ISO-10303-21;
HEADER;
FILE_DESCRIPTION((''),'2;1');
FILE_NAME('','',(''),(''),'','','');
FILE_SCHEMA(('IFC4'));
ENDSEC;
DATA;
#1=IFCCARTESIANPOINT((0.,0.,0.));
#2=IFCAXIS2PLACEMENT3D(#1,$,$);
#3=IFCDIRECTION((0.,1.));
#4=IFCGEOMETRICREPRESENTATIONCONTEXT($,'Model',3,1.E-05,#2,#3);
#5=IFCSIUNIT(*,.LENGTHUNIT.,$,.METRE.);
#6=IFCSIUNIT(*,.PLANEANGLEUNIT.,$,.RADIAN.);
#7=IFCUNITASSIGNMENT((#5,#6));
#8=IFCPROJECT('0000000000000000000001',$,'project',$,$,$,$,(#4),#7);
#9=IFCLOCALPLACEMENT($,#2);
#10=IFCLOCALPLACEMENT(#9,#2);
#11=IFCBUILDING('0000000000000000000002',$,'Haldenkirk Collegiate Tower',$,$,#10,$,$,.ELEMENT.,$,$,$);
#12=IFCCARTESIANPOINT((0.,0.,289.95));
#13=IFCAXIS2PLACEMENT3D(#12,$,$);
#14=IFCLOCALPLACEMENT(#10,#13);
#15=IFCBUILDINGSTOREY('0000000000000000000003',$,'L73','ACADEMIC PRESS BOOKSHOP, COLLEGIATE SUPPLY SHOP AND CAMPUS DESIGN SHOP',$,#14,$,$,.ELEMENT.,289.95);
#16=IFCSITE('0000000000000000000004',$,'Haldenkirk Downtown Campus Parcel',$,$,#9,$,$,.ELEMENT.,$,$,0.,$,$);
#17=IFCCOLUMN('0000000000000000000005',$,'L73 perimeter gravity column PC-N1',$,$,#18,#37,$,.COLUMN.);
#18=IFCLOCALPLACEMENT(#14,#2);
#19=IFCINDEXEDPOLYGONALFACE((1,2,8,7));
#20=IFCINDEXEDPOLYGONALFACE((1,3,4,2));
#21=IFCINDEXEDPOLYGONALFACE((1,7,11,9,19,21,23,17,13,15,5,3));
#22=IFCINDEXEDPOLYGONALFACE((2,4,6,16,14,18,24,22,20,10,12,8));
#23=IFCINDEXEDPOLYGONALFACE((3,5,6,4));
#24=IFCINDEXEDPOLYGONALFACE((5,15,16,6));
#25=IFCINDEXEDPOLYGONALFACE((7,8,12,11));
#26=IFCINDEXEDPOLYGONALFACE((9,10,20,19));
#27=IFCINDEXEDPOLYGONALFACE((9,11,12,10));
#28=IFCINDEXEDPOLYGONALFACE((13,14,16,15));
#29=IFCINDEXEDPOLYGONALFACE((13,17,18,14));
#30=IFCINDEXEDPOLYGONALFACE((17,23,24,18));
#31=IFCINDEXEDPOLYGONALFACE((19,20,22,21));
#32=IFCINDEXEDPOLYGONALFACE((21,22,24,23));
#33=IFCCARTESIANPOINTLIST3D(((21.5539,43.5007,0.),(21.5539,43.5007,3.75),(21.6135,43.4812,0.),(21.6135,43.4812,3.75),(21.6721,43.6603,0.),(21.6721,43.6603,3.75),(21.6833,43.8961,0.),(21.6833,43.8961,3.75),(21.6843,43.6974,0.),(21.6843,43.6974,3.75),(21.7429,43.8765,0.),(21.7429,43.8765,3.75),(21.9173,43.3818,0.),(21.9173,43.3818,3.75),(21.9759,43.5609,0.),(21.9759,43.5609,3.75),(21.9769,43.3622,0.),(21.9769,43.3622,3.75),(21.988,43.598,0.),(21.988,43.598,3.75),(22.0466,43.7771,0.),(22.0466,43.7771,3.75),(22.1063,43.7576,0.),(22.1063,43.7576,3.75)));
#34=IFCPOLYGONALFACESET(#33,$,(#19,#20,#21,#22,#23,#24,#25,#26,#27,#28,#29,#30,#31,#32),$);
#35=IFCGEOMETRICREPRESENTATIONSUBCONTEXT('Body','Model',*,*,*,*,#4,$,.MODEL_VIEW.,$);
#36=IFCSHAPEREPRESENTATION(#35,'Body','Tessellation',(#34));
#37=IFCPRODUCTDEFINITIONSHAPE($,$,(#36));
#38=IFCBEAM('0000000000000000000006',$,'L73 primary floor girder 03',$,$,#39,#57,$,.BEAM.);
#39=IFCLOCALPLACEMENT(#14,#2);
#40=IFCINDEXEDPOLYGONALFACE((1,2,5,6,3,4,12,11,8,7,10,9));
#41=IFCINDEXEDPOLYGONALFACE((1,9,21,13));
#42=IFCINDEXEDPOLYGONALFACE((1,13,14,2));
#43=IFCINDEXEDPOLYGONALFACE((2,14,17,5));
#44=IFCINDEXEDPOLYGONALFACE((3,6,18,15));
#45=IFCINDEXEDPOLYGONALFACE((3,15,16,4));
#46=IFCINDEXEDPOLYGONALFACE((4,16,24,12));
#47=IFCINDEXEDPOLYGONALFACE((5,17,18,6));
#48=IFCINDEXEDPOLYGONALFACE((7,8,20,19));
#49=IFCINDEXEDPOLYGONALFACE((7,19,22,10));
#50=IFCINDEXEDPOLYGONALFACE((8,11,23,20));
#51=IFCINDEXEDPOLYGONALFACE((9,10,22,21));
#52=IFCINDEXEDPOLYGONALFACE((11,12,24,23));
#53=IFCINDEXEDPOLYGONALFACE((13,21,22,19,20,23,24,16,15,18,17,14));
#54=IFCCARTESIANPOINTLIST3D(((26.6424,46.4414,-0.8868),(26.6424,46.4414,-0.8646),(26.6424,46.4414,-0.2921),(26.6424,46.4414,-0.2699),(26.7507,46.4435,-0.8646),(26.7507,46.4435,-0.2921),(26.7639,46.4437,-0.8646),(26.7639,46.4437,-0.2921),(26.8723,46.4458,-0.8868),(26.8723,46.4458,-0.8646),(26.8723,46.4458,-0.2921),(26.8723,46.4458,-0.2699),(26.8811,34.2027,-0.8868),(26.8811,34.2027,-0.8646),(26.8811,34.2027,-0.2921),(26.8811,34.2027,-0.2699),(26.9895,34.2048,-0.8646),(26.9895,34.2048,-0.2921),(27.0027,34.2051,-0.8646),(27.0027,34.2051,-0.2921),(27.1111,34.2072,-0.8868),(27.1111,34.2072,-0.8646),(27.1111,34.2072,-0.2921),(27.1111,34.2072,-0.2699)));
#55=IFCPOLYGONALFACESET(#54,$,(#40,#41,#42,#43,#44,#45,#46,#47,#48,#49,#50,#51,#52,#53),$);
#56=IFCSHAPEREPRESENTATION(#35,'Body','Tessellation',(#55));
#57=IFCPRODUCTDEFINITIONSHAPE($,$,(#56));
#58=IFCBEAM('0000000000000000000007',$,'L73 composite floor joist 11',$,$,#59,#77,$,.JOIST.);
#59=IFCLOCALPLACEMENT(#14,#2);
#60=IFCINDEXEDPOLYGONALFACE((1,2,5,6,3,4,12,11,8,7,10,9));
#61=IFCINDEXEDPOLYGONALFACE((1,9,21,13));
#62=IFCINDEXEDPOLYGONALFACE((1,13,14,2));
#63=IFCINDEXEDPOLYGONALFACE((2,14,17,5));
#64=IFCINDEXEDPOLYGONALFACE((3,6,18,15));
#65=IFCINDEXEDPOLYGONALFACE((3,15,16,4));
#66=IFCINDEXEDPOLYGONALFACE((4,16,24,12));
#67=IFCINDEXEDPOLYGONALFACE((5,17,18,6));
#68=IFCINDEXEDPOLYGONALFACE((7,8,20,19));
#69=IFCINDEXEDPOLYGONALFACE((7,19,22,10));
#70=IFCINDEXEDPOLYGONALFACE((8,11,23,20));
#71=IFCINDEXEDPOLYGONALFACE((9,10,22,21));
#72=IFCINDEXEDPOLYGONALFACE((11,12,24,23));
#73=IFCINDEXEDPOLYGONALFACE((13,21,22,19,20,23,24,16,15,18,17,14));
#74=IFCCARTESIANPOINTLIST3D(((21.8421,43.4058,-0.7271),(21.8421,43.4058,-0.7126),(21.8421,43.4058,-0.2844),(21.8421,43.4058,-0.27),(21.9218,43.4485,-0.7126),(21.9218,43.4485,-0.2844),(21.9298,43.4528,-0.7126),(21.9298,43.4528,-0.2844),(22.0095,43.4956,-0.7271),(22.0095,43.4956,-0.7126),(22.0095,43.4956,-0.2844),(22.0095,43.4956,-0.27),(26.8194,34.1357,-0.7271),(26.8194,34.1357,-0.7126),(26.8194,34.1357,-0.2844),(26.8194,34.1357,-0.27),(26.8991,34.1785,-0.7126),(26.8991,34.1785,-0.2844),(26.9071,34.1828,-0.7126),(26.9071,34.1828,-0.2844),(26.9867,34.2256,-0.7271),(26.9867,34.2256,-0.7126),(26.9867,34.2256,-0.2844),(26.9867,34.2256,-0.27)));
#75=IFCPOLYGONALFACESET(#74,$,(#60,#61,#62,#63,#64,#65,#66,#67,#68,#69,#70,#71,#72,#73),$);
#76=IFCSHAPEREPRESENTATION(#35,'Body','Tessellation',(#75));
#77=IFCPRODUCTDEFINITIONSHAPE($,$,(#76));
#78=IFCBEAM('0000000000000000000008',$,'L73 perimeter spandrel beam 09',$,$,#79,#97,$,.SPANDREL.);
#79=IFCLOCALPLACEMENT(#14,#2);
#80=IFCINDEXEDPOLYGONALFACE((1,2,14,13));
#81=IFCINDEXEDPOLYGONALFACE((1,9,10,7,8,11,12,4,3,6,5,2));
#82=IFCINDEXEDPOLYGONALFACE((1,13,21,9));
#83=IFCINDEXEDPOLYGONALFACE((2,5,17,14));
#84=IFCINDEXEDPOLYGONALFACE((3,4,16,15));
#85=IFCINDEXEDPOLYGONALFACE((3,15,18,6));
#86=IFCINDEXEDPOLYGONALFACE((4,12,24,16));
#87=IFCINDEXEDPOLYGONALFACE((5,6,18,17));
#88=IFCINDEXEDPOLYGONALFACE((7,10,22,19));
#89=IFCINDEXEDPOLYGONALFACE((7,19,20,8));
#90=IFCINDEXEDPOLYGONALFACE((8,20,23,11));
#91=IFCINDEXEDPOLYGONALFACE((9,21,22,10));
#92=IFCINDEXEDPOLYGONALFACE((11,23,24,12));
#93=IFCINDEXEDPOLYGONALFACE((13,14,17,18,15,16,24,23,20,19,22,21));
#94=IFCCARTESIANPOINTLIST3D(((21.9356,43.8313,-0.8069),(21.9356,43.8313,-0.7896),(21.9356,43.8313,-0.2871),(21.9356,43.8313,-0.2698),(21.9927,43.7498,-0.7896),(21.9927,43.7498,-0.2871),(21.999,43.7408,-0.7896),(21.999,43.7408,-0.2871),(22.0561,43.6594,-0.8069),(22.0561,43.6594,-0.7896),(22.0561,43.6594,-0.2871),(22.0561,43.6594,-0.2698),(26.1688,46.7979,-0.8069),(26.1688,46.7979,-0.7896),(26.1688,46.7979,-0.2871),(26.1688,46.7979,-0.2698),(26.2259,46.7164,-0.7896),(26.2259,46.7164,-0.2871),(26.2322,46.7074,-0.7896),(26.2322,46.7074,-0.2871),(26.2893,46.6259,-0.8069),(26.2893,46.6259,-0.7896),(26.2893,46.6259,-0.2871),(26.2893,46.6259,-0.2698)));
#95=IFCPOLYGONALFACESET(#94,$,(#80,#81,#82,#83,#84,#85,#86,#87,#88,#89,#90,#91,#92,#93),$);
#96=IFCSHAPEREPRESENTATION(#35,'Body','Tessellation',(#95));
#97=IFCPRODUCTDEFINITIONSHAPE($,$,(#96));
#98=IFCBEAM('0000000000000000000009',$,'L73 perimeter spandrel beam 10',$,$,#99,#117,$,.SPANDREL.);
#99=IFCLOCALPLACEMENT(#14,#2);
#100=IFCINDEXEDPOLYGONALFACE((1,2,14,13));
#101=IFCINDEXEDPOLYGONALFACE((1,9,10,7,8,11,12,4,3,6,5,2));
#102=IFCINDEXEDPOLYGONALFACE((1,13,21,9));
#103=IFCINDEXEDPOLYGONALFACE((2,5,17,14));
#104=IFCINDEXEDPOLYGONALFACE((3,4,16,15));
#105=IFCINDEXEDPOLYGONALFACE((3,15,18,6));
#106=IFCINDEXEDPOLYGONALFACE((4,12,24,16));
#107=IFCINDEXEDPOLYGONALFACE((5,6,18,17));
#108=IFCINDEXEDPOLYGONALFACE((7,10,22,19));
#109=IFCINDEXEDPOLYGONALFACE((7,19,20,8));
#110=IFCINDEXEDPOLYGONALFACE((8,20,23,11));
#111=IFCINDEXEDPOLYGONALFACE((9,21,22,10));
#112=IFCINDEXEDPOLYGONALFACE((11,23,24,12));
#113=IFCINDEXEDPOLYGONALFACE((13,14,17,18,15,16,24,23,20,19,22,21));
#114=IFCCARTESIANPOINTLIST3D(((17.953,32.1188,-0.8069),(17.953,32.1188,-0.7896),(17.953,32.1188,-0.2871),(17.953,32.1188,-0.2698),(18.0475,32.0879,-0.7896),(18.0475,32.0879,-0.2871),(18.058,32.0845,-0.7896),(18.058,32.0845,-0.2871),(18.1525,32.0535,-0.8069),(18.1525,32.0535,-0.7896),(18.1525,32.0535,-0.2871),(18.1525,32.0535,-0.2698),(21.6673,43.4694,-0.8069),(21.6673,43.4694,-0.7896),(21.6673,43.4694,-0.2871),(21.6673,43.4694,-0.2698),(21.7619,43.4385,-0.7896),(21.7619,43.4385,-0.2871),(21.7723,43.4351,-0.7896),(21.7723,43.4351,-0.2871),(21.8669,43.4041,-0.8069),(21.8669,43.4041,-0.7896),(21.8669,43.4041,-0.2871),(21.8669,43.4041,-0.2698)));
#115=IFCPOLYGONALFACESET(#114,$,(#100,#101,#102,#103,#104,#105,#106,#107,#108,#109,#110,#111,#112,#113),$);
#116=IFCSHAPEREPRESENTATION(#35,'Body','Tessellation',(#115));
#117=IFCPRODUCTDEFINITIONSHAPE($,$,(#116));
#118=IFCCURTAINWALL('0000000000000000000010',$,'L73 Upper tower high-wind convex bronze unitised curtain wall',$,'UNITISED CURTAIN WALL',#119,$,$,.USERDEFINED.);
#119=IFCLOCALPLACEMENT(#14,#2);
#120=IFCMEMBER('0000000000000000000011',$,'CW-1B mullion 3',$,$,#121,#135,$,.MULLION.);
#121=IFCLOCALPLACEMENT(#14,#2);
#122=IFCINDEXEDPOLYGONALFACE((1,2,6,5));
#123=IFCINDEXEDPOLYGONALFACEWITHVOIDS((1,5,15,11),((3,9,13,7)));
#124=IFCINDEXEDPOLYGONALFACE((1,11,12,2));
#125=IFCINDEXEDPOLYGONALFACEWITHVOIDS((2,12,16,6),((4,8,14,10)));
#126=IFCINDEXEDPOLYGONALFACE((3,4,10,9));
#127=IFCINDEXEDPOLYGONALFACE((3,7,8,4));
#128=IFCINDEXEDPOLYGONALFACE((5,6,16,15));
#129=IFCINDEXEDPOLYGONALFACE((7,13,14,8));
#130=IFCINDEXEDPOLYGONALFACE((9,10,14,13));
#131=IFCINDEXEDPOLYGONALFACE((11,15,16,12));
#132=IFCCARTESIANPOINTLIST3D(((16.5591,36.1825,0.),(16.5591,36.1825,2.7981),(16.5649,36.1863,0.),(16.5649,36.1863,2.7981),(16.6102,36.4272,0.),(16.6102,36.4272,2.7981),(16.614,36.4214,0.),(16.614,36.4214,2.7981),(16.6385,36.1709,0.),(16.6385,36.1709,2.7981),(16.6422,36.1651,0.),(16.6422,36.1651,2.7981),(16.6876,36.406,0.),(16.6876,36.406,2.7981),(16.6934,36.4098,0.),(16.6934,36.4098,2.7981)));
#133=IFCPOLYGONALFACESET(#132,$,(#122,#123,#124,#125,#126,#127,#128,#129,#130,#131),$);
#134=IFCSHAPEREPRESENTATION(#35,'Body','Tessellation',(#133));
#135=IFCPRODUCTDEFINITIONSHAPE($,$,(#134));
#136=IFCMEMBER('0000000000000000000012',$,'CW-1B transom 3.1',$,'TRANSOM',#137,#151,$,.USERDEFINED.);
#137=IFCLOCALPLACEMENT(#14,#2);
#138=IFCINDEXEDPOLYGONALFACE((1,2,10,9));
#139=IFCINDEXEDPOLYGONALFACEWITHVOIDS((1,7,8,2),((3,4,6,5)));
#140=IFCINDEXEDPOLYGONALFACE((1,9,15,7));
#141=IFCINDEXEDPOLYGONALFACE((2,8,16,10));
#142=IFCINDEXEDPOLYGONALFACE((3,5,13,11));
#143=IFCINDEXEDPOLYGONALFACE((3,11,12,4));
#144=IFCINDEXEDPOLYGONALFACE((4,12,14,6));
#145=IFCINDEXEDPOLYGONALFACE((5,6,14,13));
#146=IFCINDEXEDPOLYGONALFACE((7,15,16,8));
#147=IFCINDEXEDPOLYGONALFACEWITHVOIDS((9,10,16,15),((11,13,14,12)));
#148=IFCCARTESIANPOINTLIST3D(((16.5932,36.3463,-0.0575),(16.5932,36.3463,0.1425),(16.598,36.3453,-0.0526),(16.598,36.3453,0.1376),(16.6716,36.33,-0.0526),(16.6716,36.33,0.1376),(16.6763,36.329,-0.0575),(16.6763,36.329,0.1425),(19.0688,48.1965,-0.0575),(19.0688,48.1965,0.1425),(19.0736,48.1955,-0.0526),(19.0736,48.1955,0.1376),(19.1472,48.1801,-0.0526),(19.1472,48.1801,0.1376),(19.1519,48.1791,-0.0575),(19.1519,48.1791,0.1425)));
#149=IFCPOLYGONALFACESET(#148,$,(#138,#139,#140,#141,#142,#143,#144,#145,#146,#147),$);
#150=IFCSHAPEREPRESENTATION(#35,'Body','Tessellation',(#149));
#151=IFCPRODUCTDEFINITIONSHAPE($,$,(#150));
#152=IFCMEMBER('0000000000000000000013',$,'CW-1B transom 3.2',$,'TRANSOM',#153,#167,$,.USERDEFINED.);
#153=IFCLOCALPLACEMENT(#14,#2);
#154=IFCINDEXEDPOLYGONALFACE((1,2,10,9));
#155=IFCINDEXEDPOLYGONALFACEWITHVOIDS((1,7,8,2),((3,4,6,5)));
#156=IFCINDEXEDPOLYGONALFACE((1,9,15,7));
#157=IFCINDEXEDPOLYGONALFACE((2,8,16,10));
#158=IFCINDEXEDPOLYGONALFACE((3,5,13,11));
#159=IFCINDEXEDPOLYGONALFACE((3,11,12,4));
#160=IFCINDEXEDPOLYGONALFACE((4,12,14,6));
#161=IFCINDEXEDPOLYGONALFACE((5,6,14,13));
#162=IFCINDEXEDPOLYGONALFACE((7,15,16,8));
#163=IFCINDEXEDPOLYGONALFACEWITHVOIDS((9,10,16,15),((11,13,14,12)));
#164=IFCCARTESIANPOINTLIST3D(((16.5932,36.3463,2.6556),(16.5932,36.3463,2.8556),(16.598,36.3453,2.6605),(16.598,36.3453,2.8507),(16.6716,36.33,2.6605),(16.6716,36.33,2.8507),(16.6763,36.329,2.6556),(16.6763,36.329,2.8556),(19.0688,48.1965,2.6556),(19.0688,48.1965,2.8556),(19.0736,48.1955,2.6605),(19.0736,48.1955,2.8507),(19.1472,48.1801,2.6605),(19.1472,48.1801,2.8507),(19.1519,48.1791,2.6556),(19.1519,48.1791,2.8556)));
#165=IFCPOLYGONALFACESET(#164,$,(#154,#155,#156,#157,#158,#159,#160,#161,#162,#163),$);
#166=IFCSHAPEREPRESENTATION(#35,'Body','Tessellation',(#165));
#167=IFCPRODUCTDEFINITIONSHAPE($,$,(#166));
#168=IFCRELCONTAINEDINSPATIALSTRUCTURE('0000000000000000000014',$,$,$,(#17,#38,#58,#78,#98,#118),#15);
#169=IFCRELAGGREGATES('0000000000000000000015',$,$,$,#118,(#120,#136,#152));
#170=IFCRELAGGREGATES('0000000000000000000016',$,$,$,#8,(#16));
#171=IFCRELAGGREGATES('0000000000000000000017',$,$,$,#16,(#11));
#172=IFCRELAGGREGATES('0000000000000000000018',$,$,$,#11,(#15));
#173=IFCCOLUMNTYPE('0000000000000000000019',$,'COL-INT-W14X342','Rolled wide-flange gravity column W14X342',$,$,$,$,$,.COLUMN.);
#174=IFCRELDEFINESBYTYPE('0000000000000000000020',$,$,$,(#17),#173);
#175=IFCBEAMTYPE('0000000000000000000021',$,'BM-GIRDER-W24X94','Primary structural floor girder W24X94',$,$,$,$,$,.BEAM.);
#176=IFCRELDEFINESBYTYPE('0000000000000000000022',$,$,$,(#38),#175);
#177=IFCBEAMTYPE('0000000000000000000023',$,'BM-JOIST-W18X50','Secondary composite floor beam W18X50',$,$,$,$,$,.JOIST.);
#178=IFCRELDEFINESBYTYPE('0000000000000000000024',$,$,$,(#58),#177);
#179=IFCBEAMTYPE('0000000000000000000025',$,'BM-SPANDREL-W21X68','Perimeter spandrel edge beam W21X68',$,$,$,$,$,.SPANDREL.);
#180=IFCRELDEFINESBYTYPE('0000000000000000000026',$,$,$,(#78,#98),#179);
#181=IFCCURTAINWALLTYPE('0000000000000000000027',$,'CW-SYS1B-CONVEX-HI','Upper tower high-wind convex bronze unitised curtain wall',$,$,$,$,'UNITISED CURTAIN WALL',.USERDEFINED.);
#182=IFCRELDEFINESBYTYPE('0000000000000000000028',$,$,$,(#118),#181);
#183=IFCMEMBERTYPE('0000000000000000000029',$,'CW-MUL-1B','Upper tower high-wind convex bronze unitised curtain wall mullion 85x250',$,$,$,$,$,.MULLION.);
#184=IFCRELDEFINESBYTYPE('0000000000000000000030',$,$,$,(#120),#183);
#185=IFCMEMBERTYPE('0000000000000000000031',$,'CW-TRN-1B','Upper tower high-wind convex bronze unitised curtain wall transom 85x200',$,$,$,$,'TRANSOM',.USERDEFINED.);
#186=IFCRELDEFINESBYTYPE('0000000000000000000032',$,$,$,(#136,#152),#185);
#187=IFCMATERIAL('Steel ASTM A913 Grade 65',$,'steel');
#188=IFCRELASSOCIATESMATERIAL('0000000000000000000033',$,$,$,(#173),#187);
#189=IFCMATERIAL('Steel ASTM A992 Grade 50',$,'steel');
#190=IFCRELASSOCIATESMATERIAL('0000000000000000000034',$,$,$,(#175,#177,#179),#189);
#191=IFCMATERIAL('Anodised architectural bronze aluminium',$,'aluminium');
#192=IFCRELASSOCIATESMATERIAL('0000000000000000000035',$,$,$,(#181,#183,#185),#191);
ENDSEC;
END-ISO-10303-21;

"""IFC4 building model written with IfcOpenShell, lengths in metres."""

from ifc_helpers import new_model, si_unit, direction, frame, origin, origin_2d, place, context, subcontext, project, spatial, hollow_rectangle, i_section, extrude, material, material_profile, profile_set, type_object, element, aggregate, save


model = new_model("IFC4")

# Units and contexts
model_context = context("Model", 3, precision=1e-05, world=origin(), true_north=direction((0.0, 1.0)))
body_context = subcontext(model_context, "Body", "Model", "MODEL_VIEW")
ifc_project = project(units=[si_unit("LENGTHUNIT", "METRE"), si_unit("PLANEANGLEUNIT", "RADIAN")], contexts=[model_context])

# Site, building, storey
site_placement = place(None, origin())
site = spatial("IfcSite", under=ifc_project, at=site_placement, Name="Haldenkirk Downtown Campus Parcel", CompositionType="ELEMENT", RefElevation=0.0)
building_placement = place(site_placement, origin())
building = spatial("IfcBuilding", under=site, at=building_placement, Name="Haldenkirk Collegiate Tower", CompositionType="ELEMENT")
storey_placement = place(building_placement, frame((0.0, 0.0, 289.95)))
storey = spatial("IfcBuildingStorey", under=building, at=storey_placement, Name="L73", Description="ACADEMIC PRESS BOOKSHOP, COLLEGIATE SUPPLY SHOP AND CAMPUS DESIGN SHOP", CompositionType="ELEMENT", Elevation=289.95)

# Column
ifc_material_1 = material(Name="Steel ASTM A913 Grade 65", Category="steel")
ifc_material_profile_1 = material_profile(ifc_material_1, i_section(OverallWidth=0.416, OverallDepth=0.4451, WebThickness=0.0391, FlangeThickness=0.0627, at=origin_2d()), Name="W14X342")
ifc_profile_set_1 = profile_set([ifc_material_profile_1], Name="Steel ASTM A913 Grade 65")
column_type = type_object("IfcColumnType", Name="COL-INT-W14X342", Description="Rolled wide-flange gravity column W14X342", PredefinedType="COLUMN", material=ifc_profile_set_1)
column_placement = place(storey_placement, frame((21.8301, 43.6292, 0.0), z_axis=(0.0, 0.0, 1.0), x_axis=(0.311008, 0.950407, 0.0)))
element("IfcColumn", 1, at=column_placement, inside=storey, type_object=column_type, Name="L73 perimeter gravity column PC-N1", PredefinedType="COLUMN", context=body_context, shape_type="SweptSolid", body=[
    extrude(i_section(OverallWidth=0.416, OverallDepth=0.4451, WebThickness=0.0391, FlangeThickness=0.0627, at=origin_2d()), origin(), (0.0, 0.0, 1.0), 3.75),
])

# Beams
ifc_material_2 = material(Name="Steel ASTM A992 Grade 50", Category="steel")
ifc_material_profile_2 = material_profile(ifc_material_2, i_section(OverallWidth=0.23, OverallDepth=0.6169, WebThickness=0.0132, FlangeThickness=0.0222, at=origin_2d()), Name="W24X94")
ifc_profile_set_2 = profile_set([ifc_material_profile_2], Name="Steel ASTM A992 Grade 50")
beam_type_1 = type_object("IfcBeamType", Name="BM-GIRDER-W24X94", Description="Primary structural floor girder W24X94", PredefinedType="BEAM", material=ifc_profile_set_2)
beam_1_placement = place(storey_placement, frame((26.7573, 46.4436, -0.5784), z_axis=(0.019506, -0.99981, 0.0), x_axis=(0.99981, 0.019506, 0.0)))
element("IfcBeam", 2, at=beam_1_placement, inside=storey, type_object=beam_type_1, Name="L73 primary floor girder 03", PredefinedType="BEAM", context=body_context, shape_type="SweptSolid", body=[
    extrude(i_section(OverallWidth=0.23, OverallDepth=0.6169, WebThickness=0.0132, FlangeThickness=0.0222, at=origin_2d()), origin(), (0.0, 0.0, 1.0), 12.241),
])
ifc_material_profile_3 = material_profile(ifc_material_2, i_section(OverallWidth=0.1899, OverallDepth=0.457, WebThickness=0.009, FlangeThickness=0.0144, at=origin_2d()), Name="W18X50")
ifc_profile_set_3 = profile_set([ifc_material_profile_3], Name="Steel ASTM A992 Grade 50")
beam_type_2 = type_object("IfcBeamType", Name="BM-JOIST-W18X50", Description="Secondary composite floor beam W18X50", PredefinedType="JOIST", material=ifc_profile_set_3)
beam_2_placement = place(storey_placement, frame((21.9258, 43.4507, -0.4985), z_axis=(0.473049, -0.881036, 0.0), x_axis=(0.881036, 0.473049, 0.0)))
element("IfcBeam", 3, at=beam_2_placement, inside=storey, type_object=beam_type_2, Name="L73 composite floor joist 11", PredefinedType="JOIST", context=body_context, shape_type="SweptSolid", body=[
    extrude(i_section(OverallWidth=0.1899, OverallDepth=0.457, WebThickness=0.009, FlangeThickness=0.0144, at=origin_2d()), origin(), (0.0, 0.0, 1.0), 10.5217),
])
ifc_material_profile_4 = material_profile(ifc_material_2, i_section(OverallWidth=0.21, OverallDepth=0.5371, WebThickness=0.011, FlangeThickness=0.0173, at=origin_2d()), Name="W21X68")
ifc_profile_set_4 = profile_set([ifc_material_profile_4], Name="Steel ASTM A992 Grade 50")
beam_type_3 = type_object("IfcBeamType", Name="BM-SPANDREL-W21X68", Description="Perimeter spandrel edge beam W21X68", PredefinedType="SPANDREL", material=ifc_profile_set_4)
beam_3_placement = place(storey_placement, frame((26.229, 46.7119, -0.5383), z_axis=(-0.818928, -0.573897, 0.0), x_axis=(0.573897, -0.818928, 0.0)))
element("IfcBeam", 4, at=beam_3_placement, inside=storey, type_object=beam_type_3, Name="L73 perimeter spandrel beam 09", PredefinedType="SPANDREL", context=body_context, shape_type="SweptSolid", body=[
    extrude(i_section(OverallWidth=0.21, OverallDepth=0.5371, WebThickness=0.011, FlangeThickness=0.0173, at=origin_2d()), origin(), (0.0, 0.0, 1.0), 5.1692),
])
beam_4_placement = place(storey_placement, frame((21.7671, 43.4368, -0.5383), z_axis=(-0.31101, -0.950407, 0.0), x_axis=(0.950407, -0.31101, 0.0)))
element("IfcBeam", 5, at=beam_4_placement, inside=storey, type_object=beam_type_3, Name="L73 perimeter spandrel beam 10", PredefinedType="SPANDREL", context=body_context, shape_type="SweptSolid", body=[
    extrude(i_section(OverallWidth=0.21, OverallDepth=0.5371, WebThickness=0.011, FlangeThickness=0.0173, at=origin_2d()), origin(), (0.0, 0.0, 1.0), 11.9429),
])

# Curtain wall, members
ifc_material_3 = material(Name="Anodised architectural bronze aluminium", Category="aluminium")
curtain_wall_type = type_object("IfcCurtainWallType", Name="CW-SYS1B-CONVEX-HI", Description="Upper tower high-wind convex bronze unitised curtain wall", ElementType="UNITISED CURTAIN WALL", PredefinedType="USERDEFINED", material=ifc_material_3)
curtain_wall_placement = place(storey_placement, origin())
curtain_wall = element("IfcCurtainWall", 6, at=curtain_wall_placement, inside=storey, type_object=curtain_wall_type, Name="L73 Upper tower high-wind convex bronze unitised curtain wall", ObjectType="UNITISED CURTAIN WALL", PredefinedType="USERDEFINED")
ifc_material_profile_5 = material_profile(ifc_material_3, hollow_rectangle(XDim=0.085, YDim=0.25, WallThickness=0.0049, at=origin_2d()), Name="CW-MUL-1B")
ifc_profile_set_5 = profile_set([ifc_material_profile_5], Name="Anodised architectural bronze aluminium")
member_type_1 = type_object("IfcMemberType", Name="CW-MUL-1B", Description="Upper tower high-wind convex bronze unitised curtain wall mullion 85x250", PredefinedType="MULLION", material=ifc_profile_set_5)
member_1_placement = place(storey_placement, frame((16.6262, 36.2961, 0.0), z_axis=(0.0, 0.0, 1.0), x_axis=(-0.978867, 0.204499, 0.0)))
member_1 = element("IfcMember", 7, at=member_1_placement, type_object=member_type_1, Name="CW-1B mullion 3", PredefinedType="MULLION", context=body_context, shape_type="SweptSolid", body=[
    extrude(hollow_rectangle(XDim=0.085, YDim=0.25, WallThickness=0.0049, at=origin_2d()), origin(), (0.0, 0.0, 1.0), 2.7981),
])
ifc_material_profile_6 = material_profile(ifc_material_3, hollow_rectangle(XDim=0.085, YDim=0.2, WallThickness=0.0049, at=origin_2d()), Name="CW-TRN-1B")
ifc_profile_set_6 = profile_set([ifc_material_profile_6], Name="Anodised architectural bronze aluminium")
member_type_2 = type_object("IfcMemberType", Name="CW-TRN-1B", Description="Upper tower high-wind convex bronze unitised curtain wall transom 85x200", ElementType="TRANSOM", PredefinedType="USERDEFINED", material=ifc_profile_set_6)
member_2_placement = place(storey_placement, frame((16.6348, 36.3376, 0.0425), z_axis=(0.204494, 0.978868, 0.0), x_axis=(-0.978868, 0.204494, 0.0)))
member_2 = element("IfcMember", 8, at=member_2_placement, type_object=member_type_2, Name="CW-1B transom 3.1", ObjectType="TRANSOM", PredefinedType="USERDEFINED", context=body_context, shape_type="SweptSolid", body=[
    extrude(hollow_rectangle(XDim=0.085, YDim=0.2, WallThickness=0.0049, at=origin_2d()), origin(), (0.0, 0.0, 1.0), 12.106),
])
member_3_placement = place(storey_placement, frame((16.6348, 36.3376, 2.7556), z_axis=(0.204494, 0.978868, 0.0), x_axis=(-0.978868, 0.204494, 0.0)))
member_3 = element("IfcMember", 9, at=member_3_placement, type_object=member_type_2, Name="CW-1B transom 3.2", ObjectType="TRANSOM", PredefinedType="USERDEFINED", context=body_context, shape_type="SweptSolid", body=[
    extrude(hollow_rectangle(XDim=0.085, YDim=0.2, WallThickness=0.0049, at=origin_2d()), origin(), (0.0, 0.0, 1.0), 12.106),
])
aggregate(curtain_wall, [member_1, member_2, member_3])

save(model, "model.ifc")
